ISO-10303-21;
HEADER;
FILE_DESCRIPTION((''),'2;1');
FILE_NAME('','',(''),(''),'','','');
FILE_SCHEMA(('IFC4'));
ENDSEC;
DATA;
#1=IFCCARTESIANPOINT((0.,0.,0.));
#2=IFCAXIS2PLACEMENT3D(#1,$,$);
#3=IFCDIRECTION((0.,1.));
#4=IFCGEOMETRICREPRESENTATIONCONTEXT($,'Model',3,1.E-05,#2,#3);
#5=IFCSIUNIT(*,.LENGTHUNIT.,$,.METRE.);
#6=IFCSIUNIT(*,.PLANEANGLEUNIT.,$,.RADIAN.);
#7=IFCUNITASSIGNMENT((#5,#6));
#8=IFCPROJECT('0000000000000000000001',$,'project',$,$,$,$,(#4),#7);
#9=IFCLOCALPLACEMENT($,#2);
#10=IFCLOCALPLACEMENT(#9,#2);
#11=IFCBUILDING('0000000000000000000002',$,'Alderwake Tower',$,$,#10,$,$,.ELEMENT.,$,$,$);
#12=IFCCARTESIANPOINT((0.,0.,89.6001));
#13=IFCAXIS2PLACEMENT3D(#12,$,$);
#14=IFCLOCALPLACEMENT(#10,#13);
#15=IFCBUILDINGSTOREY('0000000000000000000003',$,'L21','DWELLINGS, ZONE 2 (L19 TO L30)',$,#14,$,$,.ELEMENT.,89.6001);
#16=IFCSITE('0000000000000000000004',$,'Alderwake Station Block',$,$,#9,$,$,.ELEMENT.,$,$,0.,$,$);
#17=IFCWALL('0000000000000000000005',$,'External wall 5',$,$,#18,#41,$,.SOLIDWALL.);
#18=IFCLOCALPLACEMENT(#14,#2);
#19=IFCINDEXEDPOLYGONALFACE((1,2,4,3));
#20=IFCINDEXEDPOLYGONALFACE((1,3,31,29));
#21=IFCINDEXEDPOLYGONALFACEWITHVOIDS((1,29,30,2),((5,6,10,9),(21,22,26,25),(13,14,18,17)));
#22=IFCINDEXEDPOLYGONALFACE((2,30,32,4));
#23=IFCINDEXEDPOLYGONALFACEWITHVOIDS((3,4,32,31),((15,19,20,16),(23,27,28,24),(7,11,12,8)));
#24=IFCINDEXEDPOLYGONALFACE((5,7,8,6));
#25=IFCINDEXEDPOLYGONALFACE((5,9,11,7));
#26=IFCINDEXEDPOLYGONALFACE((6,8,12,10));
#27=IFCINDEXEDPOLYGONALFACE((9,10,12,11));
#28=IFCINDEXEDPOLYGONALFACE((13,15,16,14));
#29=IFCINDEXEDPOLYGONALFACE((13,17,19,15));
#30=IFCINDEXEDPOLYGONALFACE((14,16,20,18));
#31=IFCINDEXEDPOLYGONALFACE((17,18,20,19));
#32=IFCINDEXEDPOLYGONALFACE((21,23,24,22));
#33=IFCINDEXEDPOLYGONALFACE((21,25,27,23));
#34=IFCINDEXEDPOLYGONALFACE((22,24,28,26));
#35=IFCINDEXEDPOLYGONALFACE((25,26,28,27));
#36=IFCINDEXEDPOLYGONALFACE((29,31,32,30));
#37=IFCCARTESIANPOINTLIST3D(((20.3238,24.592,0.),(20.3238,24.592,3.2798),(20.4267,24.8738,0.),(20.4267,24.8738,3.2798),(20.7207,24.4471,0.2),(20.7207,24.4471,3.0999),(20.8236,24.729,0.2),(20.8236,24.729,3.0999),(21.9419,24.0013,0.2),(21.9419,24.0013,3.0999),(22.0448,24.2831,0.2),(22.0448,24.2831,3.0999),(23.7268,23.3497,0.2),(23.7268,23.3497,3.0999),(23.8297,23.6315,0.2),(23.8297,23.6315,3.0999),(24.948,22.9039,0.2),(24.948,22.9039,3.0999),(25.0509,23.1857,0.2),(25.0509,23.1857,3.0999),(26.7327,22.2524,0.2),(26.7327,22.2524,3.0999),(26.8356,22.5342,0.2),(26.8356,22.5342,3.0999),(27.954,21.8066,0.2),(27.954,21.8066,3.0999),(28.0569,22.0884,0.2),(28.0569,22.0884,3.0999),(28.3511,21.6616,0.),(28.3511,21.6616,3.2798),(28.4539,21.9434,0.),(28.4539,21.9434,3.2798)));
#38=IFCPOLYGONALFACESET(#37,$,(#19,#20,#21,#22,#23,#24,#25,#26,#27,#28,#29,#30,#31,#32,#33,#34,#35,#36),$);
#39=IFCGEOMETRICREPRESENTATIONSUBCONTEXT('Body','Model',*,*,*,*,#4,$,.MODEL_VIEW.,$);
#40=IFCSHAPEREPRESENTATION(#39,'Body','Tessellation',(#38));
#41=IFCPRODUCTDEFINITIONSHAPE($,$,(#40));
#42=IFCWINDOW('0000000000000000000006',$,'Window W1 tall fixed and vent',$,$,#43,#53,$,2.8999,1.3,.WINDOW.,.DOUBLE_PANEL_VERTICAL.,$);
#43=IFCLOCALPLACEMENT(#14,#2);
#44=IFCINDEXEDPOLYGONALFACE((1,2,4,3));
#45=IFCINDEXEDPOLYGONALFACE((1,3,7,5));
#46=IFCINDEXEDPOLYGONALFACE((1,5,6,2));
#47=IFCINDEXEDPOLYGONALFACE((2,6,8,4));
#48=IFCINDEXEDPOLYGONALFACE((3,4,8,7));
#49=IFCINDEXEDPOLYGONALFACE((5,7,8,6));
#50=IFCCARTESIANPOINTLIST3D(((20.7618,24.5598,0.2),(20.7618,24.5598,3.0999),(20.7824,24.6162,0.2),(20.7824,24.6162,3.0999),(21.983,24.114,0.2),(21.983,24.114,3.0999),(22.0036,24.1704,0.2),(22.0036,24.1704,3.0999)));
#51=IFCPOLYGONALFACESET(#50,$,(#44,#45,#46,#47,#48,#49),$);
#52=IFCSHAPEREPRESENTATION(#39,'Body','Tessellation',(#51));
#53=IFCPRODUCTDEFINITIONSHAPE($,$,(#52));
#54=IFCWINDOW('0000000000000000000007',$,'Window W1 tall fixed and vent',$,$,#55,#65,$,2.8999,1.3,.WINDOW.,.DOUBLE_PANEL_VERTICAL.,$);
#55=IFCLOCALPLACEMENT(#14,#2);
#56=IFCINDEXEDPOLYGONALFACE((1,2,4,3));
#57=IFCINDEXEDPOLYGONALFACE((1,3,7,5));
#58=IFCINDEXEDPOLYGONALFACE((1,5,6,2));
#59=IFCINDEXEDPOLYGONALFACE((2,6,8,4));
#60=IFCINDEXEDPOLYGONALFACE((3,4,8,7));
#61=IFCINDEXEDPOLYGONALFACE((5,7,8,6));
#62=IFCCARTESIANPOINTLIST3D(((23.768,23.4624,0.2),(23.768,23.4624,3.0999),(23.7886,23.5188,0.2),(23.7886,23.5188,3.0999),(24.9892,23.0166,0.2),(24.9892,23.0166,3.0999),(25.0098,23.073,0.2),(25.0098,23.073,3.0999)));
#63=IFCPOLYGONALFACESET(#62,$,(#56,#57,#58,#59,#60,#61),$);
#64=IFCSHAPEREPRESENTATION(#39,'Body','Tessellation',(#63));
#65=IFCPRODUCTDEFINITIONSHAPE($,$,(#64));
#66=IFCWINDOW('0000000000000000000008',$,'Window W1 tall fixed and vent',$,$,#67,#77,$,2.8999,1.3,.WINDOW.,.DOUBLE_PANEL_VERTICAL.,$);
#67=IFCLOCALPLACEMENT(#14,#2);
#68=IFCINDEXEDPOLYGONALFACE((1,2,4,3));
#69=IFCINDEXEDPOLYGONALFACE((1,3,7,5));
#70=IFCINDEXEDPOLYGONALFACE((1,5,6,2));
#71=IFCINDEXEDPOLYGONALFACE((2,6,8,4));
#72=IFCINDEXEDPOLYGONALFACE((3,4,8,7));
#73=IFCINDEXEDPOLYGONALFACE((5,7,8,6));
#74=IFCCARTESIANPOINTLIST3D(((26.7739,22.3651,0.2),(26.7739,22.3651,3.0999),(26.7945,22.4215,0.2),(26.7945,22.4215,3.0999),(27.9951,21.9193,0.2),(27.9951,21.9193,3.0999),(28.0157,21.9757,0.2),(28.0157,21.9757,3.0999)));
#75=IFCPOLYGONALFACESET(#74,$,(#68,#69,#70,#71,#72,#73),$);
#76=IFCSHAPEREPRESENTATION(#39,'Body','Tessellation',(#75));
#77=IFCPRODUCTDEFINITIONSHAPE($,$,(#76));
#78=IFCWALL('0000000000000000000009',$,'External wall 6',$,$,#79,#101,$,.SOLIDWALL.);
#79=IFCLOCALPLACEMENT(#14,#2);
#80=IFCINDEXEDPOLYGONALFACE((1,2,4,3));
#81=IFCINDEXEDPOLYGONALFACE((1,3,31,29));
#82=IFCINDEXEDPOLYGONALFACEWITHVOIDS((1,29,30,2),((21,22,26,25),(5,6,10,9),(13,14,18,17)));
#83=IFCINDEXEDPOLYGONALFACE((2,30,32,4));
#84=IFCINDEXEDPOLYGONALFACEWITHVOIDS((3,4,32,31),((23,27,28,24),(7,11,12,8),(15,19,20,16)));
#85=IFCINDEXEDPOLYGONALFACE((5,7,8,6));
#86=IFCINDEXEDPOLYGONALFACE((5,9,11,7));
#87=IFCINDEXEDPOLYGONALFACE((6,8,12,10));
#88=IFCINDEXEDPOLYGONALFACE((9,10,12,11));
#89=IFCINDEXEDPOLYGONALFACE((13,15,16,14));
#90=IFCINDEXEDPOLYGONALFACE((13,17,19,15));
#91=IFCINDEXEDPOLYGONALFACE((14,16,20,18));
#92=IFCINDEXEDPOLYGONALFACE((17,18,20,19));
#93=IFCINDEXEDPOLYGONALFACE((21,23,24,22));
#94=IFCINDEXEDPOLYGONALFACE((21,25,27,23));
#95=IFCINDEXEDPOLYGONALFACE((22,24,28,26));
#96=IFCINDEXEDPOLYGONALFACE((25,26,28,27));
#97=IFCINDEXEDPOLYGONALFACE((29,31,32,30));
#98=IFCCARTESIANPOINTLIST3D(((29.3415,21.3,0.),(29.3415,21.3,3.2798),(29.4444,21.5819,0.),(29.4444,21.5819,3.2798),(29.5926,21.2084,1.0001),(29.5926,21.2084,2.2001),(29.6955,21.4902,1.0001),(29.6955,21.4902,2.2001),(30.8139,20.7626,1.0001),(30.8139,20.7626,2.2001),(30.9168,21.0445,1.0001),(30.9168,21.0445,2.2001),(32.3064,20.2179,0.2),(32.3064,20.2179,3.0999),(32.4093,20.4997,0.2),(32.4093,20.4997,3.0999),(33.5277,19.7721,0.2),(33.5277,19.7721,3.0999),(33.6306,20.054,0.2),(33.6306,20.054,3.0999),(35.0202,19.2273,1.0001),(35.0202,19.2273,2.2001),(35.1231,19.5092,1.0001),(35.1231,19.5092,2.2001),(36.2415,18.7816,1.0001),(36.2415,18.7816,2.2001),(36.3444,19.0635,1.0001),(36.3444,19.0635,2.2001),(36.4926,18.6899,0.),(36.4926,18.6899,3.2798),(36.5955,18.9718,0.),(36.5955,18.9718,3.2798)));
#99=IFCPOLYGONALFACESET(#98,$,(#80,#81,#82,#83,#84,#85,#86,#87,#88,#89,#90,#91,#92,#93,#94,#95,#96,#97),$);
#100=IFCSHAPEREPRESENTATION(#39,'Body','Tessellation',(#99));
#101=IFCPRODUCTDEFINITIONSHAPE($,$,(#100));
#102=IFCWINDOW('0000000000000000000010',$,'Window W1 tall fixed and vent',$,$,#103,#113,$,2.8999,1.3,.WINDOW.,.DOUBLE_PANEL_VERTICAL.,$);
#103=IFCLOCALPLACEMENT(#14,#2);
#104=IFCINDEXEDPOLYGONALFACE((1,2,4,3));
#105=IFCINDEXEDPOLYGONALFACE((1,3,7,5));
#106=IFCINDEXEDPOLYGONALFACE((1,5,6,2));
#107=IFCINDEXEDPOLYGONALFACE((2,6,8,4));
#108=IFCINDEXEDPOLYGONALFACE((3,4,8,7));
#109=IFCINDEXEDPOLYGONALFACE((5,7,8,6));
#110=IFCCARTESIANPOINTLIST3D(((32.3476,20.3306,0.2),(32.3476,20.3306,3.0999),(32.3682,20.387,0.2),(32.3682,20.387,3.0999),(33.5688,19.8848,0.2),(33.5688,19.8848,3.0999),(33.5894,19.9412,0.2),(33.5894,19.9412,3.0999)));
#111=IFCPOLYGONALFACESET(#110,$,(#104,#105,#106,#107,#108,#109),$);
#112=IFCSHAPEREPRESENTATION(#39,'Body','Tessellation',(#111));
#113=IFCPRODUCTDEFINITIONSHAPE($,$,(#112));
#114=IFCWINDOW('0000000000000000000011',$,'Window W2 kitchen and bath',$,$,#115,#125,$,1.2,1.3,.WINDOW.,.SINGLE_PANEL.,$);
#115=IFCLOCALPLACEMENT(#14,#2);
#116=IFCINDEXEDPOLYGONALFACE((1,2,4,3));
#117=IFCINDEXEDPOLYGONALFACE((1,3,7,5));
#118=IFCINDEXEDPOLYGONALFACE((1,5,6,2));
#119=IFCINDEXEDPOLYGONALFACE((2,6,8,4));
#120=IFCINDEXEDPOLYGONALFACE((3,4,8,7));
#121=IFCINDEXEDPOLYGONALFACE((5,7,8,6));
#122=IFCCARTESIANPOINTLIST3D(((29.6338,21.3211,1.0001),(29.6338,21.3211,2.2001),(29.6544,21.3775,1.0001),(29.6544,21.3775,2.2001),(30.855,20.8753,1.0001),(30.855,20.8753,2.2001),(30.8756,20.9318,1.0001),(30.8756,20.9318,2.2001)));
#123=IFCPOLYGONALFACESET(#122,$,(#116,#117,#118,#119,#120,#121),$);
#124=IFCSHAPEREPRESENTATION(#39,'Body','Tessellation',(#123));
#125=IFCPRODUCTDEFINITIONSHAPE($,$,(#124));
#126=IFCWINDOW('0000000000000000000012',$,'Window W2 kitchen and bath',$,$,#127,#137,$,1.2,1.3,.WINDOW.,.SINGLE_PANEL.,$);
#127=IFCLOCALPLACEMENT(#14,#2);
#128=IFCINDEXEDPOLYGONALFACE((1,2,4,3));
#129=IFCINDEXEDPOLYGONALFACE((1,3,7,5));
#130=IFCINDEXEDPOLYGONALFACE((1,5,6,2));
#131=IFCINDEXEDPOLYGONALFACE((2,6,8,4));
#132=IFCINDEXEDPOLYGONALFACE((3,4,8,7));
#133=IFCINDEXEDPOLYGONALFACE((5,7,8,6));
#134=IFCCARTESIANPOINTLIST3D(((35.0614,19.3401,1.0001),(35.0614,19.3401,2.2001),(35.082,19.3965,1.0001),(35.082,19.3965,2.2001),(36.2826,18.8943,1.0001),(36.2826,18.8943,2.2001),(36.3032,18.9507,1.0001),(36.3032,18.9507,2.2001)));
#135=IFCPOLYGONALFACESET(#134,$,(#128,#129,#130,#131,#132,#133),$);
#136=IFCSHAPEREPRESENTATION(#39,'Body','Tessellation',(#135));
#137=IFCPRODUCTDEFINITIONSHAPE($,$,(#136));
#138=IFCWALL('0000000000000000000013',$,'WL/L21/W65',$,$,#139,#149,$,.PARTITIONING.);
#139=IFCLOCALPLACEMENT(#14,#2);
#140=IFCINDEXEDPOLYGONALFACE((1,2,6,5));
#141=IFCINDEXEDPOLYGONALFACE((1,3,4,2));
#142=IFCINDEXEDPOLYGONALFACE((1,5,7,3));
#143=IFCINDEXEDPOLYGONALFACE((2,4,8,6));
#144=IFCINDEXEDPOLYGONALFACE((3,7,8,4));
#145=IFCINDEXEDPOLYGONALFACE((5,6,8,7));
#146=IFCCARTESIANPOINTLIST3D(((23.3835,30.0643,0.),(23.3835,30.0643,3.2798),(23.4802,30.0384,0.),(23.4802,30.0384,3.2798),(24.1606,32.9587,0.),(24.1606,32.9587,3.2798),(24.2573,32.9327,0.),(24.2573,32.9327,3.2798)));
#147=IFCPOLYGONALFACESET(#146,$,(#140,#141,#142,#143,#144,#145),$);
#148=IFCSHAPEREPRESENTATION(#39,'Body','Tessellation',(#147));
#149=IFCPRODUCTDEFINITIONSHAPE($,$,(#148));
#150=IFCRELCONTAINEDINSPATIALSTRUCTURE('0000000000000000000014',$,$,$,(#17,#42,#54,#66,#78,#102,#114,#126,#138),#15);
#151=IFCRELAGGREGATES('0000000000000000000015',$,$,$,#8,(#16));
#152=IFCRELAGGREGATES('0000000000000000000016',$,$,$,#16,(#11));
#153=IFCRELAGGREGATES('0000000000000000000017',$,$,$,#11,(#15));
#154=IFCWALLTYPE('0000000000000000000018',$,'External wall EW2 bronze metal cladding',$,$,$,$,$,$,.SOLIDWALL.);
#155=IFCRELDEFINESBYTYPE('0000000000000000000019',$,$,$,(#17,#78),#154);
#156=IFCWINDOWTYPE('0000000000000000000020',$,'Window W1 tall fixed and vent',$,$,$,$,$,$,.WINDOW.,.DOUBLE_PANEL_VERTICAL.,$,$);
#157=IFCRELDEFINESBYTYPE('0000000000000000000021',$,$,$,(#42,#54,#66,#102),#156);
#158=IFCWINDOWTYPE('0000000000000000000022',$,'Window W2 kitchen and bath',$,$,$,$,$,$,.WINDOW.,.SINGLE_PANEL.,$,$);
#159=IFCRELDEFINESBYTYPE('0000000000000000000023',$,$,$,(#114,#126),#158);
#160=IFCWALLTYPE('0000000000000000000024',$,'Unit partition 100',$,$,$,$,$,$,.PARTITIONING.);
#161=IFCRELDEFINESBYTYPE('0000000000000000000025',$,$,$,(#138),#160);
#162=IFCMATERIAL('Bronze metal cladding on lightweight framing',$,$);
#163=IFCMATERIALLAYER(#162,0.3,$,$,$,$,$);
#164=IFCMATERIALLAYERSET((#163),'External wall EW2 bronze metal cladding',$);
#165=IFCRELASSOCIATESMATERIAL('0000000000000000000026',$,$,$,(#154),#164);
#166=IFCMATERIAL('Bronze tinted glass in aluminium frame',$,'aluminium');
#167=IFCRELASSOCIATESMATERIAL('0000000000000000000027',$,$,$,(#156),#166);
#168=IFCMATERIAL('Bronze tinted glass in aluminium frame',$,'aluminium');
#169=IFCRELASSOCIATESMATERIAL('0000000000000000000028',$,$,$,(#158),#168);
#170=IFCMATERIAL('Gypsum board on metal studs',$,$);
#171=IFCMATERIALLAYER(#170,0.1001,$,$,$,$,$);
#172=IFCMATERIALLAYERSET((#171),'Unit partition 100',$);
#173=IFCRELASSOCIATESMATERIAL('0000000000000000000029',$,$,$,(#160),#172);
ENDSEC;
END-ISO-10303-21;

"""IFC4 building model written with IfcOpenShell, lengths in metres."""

from ifc_helpers import new_model, si_unit, direction, frame, frame_2d, origin, place, context, subcontext, project, spatial, rectangle, extrude, material, layer, layer_set, type_object, element, fill, save


model = new_model("IFC4")

# Units and contexts
model_context = context("Model", 3, precision=1e-05, world=origin(), true_north=direction((0.0, 1.0)))
body_context = subcontext(model_context, "Body", "Model", "MODEL_VIEW")
ifc_project = project(units=[si_unit("LENGTHUNIT", "METRE"), si_unit("PLANEANGLEUNIT", "RADIAN")], contexts=[model_context])

# Site, building, storey
site_placement = place(None, origin())
site = spatial("IfcSite", under=ifc_project, at=site_placement, Name="Alderwake Station Block", CompositionType="ELEMENT", RefElevation=0.0)
building_placement = place(site_placement, origin())
building = spatial("IfcBuilding", under=site, at=building_placement, Name="Alderwake Tower", CompositionType="ELEMENT")
storey_placement = place(building_placement, frame((0.0, 0.0, 89.6001)))
storey = spatial("IfcBuildingStorey", under=building, at=storey_placement, Name="L21", Description="DWELLINGS, ZONE 2 (L19 TO L30)", CompositionType="ELEMENT", Elevation=89.6001)

# Shared definitions
ifc_material_1 = material(Name="Bronze metal cladding on lightweight framing")
ifc_layer_1 = layer(ifc_material_1, 0.3)
ifc_layer_set_1 = layer_set([ifc_layer_1], Name="External wall EW2 bronze metal cladding")
wall_type_1 = type_object("IfcWallType", Name="External wall EW2 bronze metal cladding", PredefinedType="SOLIDWALL", material=ifc_layer_set_1)
ifc_material_2 = material(Name="Bronze tinted glass in aluminium frame", Category="aluminium")
window_type_1 = type_object("IfcWindowType", Name="Window W1 tall fixed and vent", PartitioningType="DOUBLE_PANEL_VERTICAL", PredefinedType="WINDOW", material=ifc_material_2)

# Walls, openings, windows
wall_1_placement = place(storey_placement, frame((20.3752, 24.7329, 0.0), z_axis=(0.0, 0.0, 1.0), x_axis=(0.939365, -0.34292, 0.0)))
wall_1 = element("IfcWall", 1, at=wall_1_placement, inside=storey, type_object=wall_type_1, Name="External wall 5", PredefinedType="SOLIDWALL", context=body_context, shape_type="SweptSolid", body=[
    extrude(rectangle(XDim=8.5454, YDim=0.3, at=frame_2d((4.2727, 0.0))), origin(), (0.0, 0.0, 1.0), 3.2798),
])
opening_1_placement = place(wall_1_placement, frame((0.4226, 0.0, 0.2)))
opening_1 = element("IfcOpeningElement", 2, at=opening_1_placement, cuts=wall_1, PredefinedType="OPENING", context=body_context, shape_type="SweptSolid", body=[
    extrude(rectangle(XDim=1.3, YDim=2.8999, at=frame_2d((0.6499, 1.45))), frame((0.0, 0.1599, 0.0), z_axis=(0.0, -1.0, 0.0), x_axis=(1.0, 0.0, 0.0)), (0.0, 0.0, 1.0), 0.3201),
])
opening_2_placement = place(wall_1_placement, frame((3.6228, 0.0, 0.2)))
opening_2 = element("IfcOpeningElement", 3, at=opening_2_placement, cuts=wall_1, PredefinedType="OPENING", context=body_context, shape_type="SweptSolid", body=[
    extrude(rectangle(XDim=1.3, YDim=2.8999, at=frame_2d((0.6499, 1.45))), frame((0.0, 0.1599, 0.0), z_axis=(0.0, -1.0, 0.0), x_axis=(1.0, 0.0, 0.0)), (0.0, 0.0, 1.0), 0.3201),
])
opening_3_placement = place(wall_1_placement, frame((6.8228, 0.0, 0.2)))
opening_3 = element("IfcOpeningElement", 4, at=opening_3_placement, cuts=wall_1, PredefinedType="OPENING", context=body_context, shape_type="SweptSolid", body=[
    extrude(rectangle(XDim=1.3, YDim=2.8999, at=frame_2d((0.6499, 1.45))), frame((0.0, 0.1599, 0.0), z_axis=(0.0, -1.0, 0.0), x_axis=(1.0, 0.0, 0.0)), (0.0, 0.0, 1.0), 0.3201),
])
window_1_placement = place(opening_1_placement, origin())
window_1 = element("IfcWindow", 5, at=window_1_placement, inside=storey, type_object=window_type_1, Name="Window W1 tall fixed and vent", OverallHeight=2.8999, OverallWidth=1.3, PartitioningType="DOUBLE_PANEL_VERTICAL", PredefinedType="WINDOW", context=body_context, shape_type="SweptSolid", body=[
    extrude(rectangle(XDim=1.3, YDim=2.8999, at=frame_2d((0.6499, 1.45))), frame((0.0, 0.03, 0.0), z_axis=(0.0, -1.0, 0.0), x_axis=(1.0, 0.0, 0.0)), (0.0, 0.0, 1.0), 0.0601),
])
fill(opening_1, window_1)
window_2_placement = place(opening_2_placement, origin())
window_2 = element("IfcWindow", 6, at=window_2_placement, inside=storey, type_object=window_type_1, Name="Window W1 tall fixed and vent", OverallHeight=2.8999, OverallWidth=1.3, PartitioningType="DOUBLE_PANEL_VERTICAL", PredefinedType="WINDOW", context=body_context, shape_type="SweptSolid", body=[
    extrude(rectangle(XDim=1.3, YDim=2.8999, at=frame_2d((0.6499, 1.45))), frame((0.0, 0.03, 0.0), z_axis=(0.0, -1.0, 0.0), x_axis=(1.0, 0.0, 0.0)), (0.0, 0.0, 1.0), 0.0601),
])
fill(opening_2, window_2)
window_3_placement = place(opening_3_placement, origin())
window_3 = element("IfcWindow", 7, at=window_3_placement, inside=storey, type_object=window_type_1, Name="Window W1 tall fixed and vent", OverallHeight=2.8999, OverallWidth=1.3, PartitioningType="DOUBLE_PANEL_VERTICAL", PredefinedType="WINDOW", context=body_context, shape_type="SweptSolid", body=[
    extrude(rectangle(XDim=1.3, YDim=2.8999, at=frame_2d((0.6499, 1.45))), frame((0.0, 0.03, 0.0), z_axis=(0.0, -1.0, 0.0), x_axis=(1.0, 0.0, 0.0)), (0.0, 0.0, 1.0), 0.0601),
])
fill(opening_3, window_3)
wall_2_placement = place(storey_placement, frame((29.3931, 21.4409, 0.0), z_axis=(0.0, 0.0, 1.0), x_axis=(0.939384, -0.342868, 0.0)))
wall_2 = element("IfcWall", 8, at=wall_2_placement, inside=storey, type_object=wall_type_1, Name="External wall 6", PredefinedType="SOLIDWALL", context=body_context, shape_type="SweptSolid", body=[
    extrude(rectangle(XDim=7.6125, YDim=0.3, at=frame_2d((3.8062, 0.0))), origin(), (0.0, 0.0, 1.0), 3.2798),
])
opening_4_placement = place(wall_2_placement, frame((0.2673, 0.0, 1.0)))
opening_4 = element("IfcOpeningElement", 9, at=opening_4_placement, cuts=wall_2, PredefinedType="OPENING", context=body_context, shape_type="SweptSolid", body=[
    extrude(rectangle(XDim=1.3, YDim=1.2, at=frame_2d((0.6499, 0.6001))), frame((0.0, 0.1599, 0.0), z_axis=(0.0, -1.0, 0.0), x_axis=(1.0, 0.0, 0.0)), (0.0, 0.0, 1.0), 0.3201),
])
opening_5_placement = place(wall_2_placement, frame((3.1562, 0.0, 0.2)))
opening_5 = element("IfcOpeningElement", 10, at=opening_5_placement, cuts=wall_2, PredefinedType="OPENING", context=body_context, shape_type="SweptSolid", body=[
    extrude(rectangle(XDim=1.3, YDim=2.8999, at=frame_2d((0.6499, 1.45))), frame((0.0, 0.1599, 0.0), z_axis=(0.0, -1.0, 0.0), x_axis=(1.0, 0.0, 0.0)), (0.0, 0.0, 1.0), 0.3201),
])
opening_6_placement = place(wall_2_placement, frame((6.0452, 0.0, 1.0)))
opening_6 = element("IfcOpeningElement", 11, at=opening_6_placement, cuts=wall_2, PredefinedType="OPENING", context=body_context, shape_type="SweptSolid", body=[
    extrude(rectangle(XDim=1.3, YDim=1.2, at=frame_2d((0.6499, 0.6001))), frame((0.0, 0.1599, 0.0), z_axis=(0.0, -1.0, 0.0), x_axis=(1.0, 0.0, 0.0)), (0.0, 0.0, 1.0), 0.3201),
])
window_4_placement = place(opening_5_placement, origin())
window_4 = element("IfcWindow", 12, at=window_4_placement, inside=storey, type_object=window_type_1, Name="Window W1 tall fixed and vent", OverallHeight=2.8999, OverallWidth=1.3, PartitioningType="DOUBLE_PANEL_VERTICAL", PredefinedType="WINDOW", context=body_context, shape_type="SweptSolid", body=[
    extrude(rectangle(XDim=1.3, YDim=2.8999, at=frame_2d((0.6499, 1.45))), frame((0.0, 0.03, 0.0), z_axis=(0.0, -1.0, 0.0), x_axis=(1.0, 0.0, 0.0)), (0.0, 0.0, 1.0), 0.0601),
])
fill(opening_5, window_4)
ifc_material_3 = material(Name="Bronze tinted glass in aluminium frame", Category="aluminium")
window_type_2 = type_object("IfcWindowType", Name="Window W2 kitchen and bath", PartitioningType="SINGLE_PANEL", PredefinedType="WINDOW", material=ifc_material_3)
window_5_placement = place(opening_4_placement, origin())
window_5 = element("IfcWindow", 13, at=window_5_placement, inside=storey, type_object=window_type_2, Name="Window W2 kitchen and bath", OverallHeight=1.2, OverallWidth=1.3, PartitioningType="SINGLE_PANEL", PredefinedType="WINDOW", context=body_context, shape_type="SweptSolid", body=[
    extrude(rectangle(XDim=1.3, YDim=1.2, at=frame_2d((0.6499, 0.6001))), frame((0.0, 0.03, 0.0), z_axis=(0.0, -1.0, 0.0), x_axis=(1.0, 0.0, 0.0)), (0.0, 0.0, 1.0), 0.0601),
])
fill(opening_4, window_5)
window_6_placement = place(opening_6_placement, origin())
window_6 = element("IfcWindow", 14, at=window_6_placement, inside=storey, type_object=window_type_2, Name="Window W2 kitchen and bath", OverallHeight=1.2, OverallWidth=1.3, PartitioningType="SINGLE_PANEL", PredefinedType="WINDOW", context=body_context, shape_type="SweptSolid", body=[
    extrude(rectangle(XDim=1.3, YDim=1.2, at=frame_2d((0.6499, 0.6001))), frame((0.0, 0.03, 0.0), z_axis=(0.0, -1.0, 0.0), x_axis=(1.0, 0.0, 0.0)), (0.0, 0.0, 1.0), 0.0601),
])
fill(opening_6, window_6)

# Wall
ifc_material_4 = material(Name="Gypsum board on metal studs")
ifc_layer_2 = layer(ifc_material_4, 0.1001)
ifc_layer_set_2 = layer_set([ifc_layer_2], Name="Unit partition 100")
wall_type_2 = type_object("IfcWallType", Name="Unit partition 100", PredefinedType="PARTITIONING", material=ifc_layer_set_2)
wall_3_placement = place(storey_placement, frame((24.209, 32.9458, 0.0), z_axis=(0.0, 0.0, 1.0), x_axis=(-0.25931, -0.965794, 0.0)))
element("IfcWall", 15, at=wall_3_placement, inside=storey, type_object=wall_type_2, Name="WL/L21/W65", PredefinedType="PARTITIONING", context=body_context, shape_type="SweptSolid", body=[
    extrude(rectangle(XDim=2.9968, YDim=0.1001, at=frame_2d((1.4985, 0.0))), origin(), (0.0, 0.0, 1.0), 3.2798),
])

save(model, "model.ifc")
